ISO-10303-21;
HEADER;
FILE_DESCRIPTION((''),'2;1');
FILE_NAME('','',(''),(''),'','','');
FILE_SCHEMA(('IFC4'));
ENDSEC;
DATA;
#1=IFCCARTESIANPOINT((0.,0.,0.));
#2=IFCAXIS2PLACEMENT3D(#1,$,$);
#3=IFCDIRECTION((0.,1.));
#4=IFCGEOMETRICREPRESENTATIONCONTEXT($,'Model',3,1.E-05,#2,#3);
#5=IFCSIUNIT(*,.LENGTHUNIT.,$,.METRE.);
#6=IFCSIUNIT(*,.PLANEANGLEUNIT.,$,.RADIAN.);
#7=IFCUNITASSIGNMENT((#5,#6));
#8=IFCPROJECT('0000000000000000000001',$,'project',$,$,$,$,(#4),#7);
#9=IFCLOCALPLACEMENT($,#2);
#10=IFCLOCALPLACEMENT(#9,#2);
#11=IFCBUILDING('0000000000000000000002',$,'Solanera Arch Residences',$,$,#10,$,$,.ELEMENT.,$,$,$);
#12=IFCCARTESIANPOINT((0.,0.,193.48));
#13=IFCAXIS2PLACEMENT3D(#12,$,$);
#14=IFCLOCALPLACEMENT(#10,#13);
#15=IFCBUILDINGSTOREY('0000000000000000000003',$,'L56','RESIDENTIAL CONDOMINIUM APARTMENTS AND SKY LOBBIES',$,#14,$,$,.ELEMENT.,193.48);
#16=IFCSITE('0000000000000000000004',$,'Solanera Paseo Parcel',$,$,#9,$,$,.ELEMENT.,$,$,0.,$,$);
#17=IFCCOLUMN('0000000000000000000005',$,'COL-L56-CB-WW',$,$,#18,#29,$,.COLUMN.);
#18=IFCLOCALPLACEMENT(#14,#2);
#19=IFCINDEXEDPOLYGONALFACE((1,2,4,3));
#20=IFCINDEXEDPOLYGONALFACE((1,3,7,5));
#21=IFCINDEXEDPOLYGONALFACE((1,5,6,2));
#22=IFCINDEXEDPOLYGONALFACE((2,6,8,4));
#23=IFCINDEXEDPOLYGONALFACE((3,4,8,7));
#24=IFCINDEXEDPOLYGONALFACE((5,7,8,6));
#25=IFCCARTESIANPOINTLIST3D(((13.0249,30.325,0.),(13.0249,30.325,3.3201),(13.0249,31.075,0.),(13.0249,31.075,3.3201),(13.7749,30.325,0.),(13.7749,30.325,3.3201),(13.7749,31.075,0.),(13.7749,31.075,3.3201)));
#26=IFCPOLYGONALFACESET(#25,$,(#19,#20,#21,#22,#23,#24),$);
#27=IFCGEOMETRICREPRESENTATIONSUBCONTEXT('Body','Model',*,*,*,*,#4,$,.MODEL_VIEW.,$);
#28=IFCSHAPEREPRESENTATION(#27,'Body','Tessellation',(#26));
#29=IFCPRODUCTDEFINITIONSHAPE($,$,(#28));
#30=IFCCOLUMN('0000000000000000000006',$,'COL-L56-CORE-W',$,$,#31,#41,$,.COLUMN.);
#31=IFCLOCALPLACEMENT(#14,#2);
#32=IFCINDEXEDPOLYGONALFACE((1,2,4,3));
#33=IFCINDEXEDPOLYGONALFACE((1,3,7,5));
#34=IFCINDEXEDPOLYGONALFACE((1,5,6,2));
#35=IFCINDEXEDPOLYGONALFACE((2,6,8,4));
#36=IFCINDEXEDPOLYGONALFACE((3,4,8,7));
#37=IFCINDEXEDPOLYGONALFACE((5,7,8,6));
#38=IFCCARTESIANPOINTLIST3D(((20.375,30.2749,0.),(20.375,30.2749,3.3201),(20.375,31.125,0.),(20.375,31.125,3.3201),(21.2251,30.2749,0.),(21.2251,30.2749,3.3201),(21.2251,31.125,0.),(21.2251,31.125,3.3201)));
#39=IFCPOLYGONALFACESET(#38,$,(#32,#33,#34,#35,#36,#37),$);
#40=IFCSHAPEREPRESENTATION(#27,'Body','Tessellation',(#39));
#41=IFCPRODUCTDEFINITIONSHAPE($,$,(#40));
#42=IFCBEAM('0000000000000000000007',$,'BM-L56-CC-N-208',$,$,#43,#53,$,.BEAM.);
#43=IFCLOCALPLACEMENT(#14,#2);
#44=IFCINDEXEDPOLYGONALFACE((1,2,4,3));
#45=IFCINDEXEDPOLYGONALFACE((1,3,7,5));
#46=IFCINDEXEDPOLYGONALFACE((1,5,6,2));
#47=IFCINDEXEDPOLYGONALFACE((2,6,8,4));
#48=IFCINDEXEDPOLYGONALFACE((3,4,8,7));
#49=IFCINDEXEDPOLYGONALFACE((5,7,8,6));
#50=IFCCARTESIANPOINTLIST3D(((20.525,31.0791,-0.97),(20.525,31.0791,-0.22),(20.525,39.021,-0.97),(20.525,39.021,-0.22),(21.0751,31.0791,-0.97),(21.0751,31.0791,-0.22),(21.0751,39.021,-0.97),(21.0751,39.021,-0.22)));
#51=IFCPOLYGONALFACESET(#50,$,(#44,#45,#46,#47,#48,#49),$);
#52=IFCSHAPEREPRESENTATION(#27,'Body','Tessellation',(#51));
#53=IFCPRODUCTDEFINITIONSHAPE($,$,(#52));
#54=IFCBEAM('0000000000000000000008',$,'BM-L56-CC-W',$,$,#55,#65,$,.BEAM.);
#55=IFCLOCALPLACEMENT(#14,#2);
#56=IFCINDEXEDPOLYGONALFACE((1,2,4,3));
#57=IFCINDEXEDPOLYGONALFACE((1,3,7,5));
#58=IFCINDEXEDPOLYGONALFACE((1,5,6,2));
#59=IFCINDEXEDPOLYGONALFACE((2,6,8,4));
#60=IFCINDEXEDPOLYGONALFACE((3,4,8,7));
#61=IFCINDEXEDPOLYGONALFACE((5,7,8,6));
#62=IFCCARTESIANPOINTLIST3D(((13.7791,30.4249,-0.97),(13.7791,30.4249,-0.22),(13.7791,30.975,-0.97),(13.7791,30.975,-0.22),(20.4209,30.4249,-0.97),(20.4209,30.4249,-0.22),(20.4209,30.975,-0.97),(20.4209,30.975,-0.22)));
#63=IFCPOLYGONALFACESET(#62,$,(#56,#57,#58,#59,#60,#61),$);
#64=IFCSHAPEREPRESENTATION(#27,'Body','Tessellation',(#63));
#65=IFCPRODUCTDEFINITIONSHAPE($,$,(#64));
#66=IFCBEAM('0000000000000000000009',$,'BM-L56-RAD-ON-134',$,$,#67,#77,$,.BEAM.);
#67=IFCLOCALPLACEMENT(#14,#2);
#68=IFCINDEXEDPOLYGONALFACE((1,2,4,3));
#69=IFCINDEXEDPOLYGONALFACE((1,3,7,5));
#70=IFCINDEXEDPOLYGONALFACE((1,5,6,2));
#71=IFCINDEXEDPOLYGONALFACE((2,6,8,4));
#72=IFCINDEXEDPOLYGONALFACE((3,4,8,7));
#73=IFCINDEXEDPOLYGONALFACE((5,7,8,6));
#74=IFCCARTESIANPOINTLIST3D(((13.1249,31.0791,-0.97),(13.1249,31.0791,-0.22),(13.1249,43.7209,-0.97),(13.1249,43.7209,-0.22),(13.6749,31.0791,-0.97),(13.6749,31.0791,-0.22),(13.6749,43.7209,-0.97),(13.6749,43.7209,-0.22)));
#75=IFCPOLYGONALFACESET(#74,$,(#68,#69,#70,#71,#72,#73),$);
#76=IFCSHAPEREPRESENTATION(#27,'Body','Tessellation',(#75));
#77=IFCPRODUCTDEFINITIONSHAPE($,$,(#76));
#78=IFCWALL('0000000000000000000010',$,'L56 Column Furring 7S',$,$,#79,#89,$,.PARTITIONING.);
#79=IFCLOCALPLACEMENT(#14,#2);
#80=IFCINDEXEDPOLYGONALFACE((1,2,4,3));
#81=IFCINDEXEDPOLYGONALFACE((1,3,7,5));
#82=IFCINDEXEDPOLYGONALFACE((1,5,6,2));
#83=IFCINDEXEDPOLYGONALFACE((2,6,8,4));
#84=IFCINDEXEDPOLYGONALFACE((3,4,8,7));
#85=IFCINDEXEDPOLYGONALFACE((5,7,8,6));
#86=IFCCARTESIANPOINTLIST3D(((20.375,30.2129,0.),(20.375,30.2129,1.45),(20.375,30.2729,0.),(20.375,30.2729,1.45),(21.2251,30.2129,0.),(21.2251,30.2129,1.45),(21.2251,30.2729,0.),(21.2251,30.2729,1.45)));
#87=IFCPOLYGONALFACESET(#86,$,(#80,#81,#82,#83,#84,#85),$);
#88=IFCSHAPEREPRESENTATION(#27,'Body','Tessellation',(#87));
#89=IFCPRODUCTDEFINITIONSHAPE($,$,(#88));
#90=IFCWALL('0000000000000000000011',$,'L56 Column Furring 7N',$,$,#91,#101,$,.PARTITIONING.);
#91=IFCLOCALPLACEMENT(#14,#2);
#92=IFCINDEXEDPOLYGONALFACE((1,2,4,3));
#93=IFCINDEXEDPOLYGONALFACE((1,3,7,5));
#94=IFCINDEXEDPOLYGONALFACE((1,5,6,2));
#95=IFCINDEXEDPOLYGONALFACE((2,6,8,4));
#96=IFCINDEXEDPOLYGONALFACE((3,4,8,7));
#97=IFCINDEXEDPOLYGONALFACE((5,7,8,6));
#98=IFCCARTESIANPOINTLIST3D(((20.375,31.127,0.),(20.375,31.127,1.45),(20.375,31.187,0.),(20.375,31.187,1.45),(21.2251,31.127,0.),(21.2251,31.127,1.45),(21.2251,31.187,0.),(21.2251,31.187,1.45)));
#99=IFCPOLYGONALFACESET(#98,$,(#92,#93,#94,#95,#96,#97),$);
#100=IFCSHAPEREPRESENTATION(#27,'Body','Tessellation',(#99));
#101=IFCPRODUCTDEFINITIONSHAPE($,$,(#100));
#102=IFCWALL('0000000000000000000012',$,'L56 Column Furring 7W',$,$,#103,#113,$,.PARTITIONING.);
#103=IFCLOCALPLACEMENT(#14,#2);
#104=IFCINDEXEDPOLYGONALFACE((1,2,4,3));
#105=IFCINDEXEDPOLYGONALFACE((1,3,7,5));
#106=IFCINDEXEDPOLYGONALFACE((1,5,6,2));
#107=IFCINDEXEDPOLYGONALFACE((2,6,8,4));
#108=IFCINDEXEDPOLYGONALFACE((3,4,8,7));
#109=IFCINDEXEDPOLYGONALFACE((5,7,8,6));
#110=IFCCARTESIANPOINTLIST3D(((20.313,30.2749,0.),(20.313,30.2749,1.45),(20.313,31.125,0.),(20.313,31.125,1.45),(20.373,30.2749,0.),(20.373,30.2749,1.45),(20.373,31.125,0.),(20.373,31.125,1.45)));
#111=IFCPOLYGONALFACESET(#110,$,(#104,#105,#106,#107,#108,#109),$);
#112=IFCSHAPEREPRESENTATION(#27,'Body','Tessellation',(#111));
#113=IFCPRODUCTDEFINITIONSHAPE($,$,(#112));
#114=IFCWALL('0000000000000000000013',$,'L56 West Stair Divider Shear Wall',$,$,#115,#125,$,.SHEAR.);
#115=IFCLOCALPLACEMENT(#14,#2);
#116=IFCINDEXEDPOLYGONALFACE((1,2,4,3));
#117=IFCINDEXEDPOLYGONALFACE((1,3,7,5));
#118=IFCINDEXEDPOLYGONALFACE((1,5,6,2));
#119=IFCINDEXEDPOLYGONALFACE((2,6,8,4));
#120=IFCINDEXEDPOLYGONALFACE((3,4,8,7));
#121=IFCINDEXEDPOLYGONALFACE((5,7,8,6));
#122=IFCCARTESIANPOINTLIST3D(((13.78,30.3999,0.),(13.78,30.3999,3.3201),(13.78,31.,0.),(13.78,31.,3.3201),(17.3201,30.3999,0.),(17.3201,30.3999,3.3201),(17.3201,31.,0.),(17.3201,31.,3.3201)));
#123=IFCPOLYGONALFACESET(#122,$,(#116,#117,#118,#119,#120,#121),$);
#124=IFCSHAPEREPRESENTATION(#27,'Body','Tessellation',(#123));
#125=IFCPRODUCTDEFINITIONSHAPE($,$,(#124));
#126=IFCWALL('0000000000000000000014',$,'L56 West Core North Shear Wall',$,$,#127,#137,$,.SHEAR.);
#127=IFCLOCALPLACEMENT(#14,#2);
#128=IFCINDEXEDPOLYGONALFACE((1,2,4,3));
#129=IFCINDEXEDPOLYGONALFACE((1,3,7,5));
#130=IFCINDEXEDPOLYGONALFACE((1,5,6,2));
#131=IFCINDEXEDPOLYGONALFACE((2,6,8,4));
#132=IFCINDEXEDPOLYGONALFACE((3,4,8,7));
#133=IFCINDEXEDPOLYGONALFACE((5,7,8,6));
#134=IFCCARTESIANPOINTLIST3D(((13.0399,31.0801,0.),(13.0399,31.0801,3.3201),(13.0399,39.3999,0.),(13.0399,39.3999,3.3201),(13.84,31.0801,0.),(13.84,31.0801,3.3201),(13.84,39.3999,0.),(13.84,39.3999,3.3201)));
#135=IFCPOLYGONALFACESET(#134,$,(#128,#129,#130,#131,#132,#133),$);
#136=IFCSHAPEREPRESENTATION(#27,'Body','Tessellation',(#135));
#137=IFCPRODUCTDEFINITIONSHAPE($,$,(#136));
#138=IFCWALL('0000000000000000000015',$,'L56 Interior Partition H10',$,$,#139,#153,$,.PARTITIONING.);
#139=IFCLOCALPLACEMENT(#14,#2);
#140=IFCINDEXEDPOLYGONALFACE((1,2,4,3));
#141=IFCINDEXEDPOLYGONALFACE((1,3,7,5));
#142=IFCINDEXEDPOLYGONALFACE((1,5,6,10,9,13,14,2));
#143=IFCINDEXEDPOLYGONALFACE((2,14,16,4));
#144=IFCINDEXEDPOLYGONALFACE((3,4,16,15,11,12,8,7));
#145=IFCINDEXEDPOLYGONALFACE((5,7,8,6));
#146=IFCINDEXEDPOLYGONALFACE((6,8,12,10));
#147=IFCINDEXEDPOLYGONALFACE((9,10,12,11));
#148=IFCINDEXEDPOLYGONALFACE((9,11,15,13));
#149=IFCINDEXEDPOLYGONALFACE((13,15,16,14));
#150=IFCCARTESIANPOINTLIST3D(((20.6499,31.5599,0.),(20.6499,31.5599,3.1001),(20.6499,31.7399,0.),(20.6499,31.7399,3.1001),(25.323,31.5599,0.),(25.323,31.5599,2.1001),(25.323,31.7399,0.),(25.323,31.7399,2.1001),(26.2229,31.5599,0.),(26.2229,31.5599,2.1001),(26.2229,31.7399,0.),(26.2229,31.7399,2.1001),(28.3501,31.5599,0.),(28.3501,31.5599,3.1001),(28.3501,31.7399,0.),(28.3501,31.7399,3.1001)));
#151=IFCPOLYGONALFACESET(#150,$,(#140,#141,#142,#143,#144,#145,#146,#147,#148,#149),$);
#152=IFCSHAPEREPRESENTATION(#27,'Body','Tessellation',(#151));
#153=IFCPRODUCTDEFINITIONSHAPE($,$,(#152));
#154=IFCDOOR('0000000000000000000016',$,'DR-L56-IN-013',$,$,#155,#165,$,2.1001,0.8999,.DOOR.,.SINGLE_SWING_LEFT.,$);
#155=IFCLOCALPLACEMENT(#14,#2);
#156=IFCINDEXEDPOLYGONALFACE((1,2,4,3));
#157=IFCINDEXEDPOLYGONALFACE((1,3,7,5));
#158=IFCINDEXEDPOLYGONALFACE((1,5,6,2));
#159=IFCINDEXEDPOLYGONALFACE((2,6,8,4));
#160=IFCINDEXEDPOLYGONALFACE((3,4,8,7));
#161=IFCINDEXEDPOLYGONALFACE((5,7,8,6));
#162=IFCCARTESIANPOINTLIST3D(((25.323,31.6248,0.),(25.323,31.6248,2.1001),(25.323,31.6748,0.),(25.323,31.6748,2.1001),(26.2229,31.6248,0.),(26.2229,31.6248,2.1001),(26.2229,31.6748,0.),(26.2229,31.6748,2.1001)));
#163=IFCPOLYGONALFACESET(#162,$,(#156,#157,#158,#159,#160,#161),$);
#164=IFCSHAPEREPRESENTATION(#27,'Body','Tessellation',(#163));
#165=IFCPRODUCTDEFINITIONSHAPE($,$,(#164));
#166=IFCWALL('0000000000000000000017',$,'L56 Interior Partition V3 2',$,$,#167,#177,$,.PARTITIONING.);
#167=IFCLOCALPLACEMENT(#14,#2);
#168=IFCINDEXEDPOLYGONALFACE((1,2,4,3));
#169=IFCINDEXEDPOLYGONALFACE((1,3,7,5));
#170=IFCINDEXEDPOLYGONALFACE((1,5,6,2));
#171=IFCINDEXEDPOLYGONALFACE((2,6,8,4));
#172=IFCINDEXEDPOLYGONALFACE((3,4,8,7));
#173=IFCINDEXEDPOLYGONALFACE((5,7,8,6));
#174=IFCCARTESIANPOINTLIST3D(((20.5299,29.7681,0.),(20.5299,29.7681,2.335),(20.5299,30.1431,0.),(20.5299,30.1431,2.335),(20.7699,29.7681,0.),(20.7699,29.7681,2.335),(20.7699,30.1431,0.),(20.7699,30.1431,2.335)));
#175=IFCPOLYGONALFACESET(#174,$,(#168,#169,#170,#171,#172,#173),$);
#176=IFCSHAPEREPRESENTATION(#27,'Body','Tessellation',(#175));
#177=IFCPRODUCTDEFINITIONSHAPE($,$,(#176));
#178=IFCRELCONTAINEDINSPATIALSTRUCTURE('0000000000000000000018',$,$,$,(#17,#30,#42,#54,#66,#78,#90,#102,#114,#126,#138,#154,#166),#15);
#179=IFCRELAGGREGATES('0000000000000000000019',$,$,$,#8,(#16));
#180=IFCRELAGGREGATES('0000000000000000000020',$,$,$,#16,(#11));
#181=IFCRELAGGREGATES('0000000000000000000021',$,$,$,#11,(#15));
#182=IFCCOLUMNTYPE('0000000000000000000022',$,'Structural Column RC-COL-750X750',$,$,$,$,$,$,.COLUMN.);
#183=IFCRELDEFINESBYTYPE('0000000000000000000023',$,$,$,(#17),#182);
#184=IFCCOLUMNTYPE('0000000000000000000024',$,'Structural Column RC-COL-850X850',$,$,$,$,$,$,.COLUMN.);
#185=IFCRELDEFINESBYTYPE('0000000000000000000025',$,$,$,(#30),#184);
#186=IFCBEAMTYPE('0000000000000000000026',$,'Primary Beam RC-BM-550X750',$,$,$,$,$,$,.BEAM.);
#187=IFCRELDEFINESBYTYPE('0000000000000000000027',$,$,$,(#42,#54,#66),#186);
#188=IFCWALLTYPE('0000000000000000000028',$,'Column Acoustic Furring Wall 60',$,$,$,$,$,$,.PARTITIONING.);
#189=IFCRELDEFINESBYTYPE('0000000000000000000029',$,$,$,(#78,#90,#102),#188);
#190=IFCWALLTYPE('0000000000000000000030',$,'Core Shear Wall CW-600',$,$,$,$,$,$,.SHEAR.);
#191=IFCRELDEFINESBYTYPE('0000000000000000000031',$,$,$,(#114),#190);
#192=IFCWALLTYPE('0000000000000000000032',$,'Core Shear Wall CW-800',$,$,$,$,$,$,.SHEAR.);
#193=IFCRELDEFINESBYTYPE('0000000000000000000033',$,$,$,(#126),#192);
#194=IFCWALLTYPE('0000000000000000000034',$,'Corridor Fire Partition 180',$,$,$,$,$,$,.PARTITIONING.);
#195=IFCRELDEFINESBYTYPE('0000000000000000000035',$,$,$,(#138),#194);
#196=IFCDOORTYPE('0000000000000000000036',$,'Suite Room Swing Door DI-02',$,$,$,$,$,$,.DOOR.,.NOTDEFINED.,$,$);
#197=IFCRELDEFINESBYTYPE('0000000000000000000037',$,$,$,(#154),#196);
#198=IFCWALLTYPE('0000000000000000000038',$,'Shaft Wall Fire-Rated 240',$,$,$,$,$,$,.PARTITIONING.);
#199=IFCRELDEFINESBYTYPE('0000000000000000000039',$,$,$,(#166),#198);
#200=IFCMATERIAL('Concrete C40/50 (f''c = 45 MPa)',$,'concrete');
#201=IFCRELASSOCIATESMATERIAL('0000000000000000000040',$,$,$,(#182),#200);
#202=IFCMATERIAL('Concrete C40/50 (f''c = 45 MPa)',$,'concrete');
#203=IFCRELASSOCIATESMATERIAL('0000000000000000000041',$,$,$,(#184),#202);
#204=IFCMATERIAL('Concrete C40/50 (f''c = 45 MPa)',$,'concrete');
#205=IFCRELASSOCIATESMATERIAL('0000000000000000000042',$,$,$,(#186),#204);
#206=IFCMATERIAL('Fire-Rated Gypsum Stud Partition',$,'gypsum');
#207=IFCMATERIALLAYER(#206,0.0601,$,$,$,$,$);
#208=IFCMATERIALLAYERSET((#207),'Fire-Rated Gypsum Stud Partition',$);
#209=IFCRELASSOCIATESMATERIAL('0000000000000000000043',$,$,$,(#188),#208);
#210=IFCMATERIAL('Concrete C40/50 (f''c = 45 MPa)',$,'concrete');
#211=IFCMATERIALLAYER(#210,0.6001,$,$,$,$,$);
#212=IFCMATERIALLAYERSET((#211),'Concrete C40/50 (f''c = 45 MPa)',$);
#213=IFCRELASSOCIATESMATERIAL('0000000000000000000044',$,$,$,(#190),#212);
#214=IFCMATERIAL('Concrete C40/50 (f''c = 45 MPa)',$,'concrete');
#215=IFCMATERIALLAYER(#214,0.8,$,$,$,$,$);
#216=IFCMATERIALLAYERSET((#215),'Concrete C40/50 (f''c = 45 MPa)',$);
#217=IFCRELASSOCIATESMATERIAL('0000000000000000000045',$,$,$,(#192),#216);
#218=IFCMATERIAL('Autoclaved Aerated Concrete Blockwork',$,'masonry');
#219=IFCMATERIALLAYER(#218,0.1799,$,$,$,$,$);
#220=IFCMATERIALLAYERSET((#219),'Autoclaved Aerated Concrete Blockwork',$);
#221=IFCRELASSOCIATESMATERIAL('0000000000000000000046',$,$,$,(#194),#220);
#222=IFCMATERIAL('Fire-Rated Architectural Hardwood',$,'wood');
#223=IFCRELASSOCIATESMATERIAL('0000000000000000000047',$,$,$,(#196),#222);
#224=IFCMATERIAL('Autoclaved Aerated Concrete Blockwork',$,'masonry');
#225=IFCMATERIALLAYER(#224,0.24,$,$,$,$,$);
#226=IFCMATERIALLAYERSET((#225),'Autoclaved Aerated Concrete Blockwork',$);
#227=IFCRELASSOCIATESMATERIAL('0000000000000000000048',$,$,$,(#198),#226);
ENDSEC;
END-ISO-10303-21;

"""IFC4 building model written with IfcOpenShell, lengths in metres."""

from ifc_helpers import new_model, si_unit, direction, frame, frame_2d, origin, origin_2d, place, context, subcontext, project, spatial, rectangle, extrude, material, layer, layer_set, material_profile, profile_set, type_object, element, fill, save


model = new_model("IFC4")

# Units and contexts
model_context = context("Model", 3, precision=1e-05, world=origin(), true_north=direction((0.0, 1.0)))
body_context = subcontext(model_context, "Body", "Model", "MODEL_VIEW")
ifc_project = project(units=[si_unit("LENGTHUNIT", "METRE"), si_unit("PLANEANGLEUNIT", "RADIAN")], contexts=[model_context])

# Site, building, storey
site_placement = place(None, origin())
site = spatial("IfcSite", under=ifc_project, at=site_placement, Name="Solanera Paseo Parcel", CompositionType="ELEMENT", RefElevation=0.0)
building_placement = place(site_placement, origin())
building = spatial("IfcBuilding", under=site, at=building_placement, Name="Solanera Arch Residences", CompositionType="ELEMENT")
storey_placement = place(building_placement, frame((0.0, 0.0, 193.48)))
storey = spatial("IfcBuildingStorey", under=building, at=storey_placement, Name="L56", Description="RESIDENTIAL CONDOMINIUM APARTMENTS AND SKY LOBBIES", CompositionType="ELEMENT", Elevation=193.48)

# Columns
ifc_material_1 = material(Name="Concrete C40/50 (f'c = 45 MPa)", Category="concrete")
ifc_material_profile_1 = material_profile(ifc_material_1, rectangle(XDim=0.75, YDim=0.75, at=origin_2d()))
ifc_profile_set_1 = profile_set([ifc_material_profile_1], Name="Concrete C40/50 (f'c = 45 MPa)")
column_type_1 = type_object("IfcColumnType", Name="Structural Column RC-COL-750X750", PredefinedType="COLUMN", material=ifc_profile_set_1)
column_1_placement = place(storey_placement, frame((13.3999, 30.7, 0.0), z_axis=(0.0, 0.0, 1.0), x_axis=(1.0, 0.0, 0.0)))
element("IfcColumn", 1, at=column_1_placement, inside=storey, type_object=column_type_1, Name="COL-L56-CB-WW", PredefinedType="COLUMN", context=body_context, shape_type="SweptSolid", body=[
    extrude(rectangle(XDim=0.75, YDim=0.75, at=origin_2d()), origin(), (0.0, 0.0, 1.0), 3.3201),
])
ifc_material_2 = material(Name="Concrete C40/50 (f'c = 45 MPa)", Category="concrete")
ifc_material_profile_2 = material_profile(ifc_material_2, rectangle(XDim=0.8501, YDim=0.8501, at=origin_2d()))
ifc_profile_set_2 = profile_set([ifc_material_profile_2], Name="Concrete C40/50 (f'c = 45 MPa)")
column_type_2 = type_object("IfcColumnType", Name="Structural Column RC-COL-850X850", PredefinedType="COLUMN", material=ifc_profile_set_2)
column_2_placement = place(storey_placement, frame((20.8, 30.7, 0.0), z_axis=(0.0, 0.0, 1.0), x_axis=(1.0, 0.0, 0.0)))
element("IfcColumn", 2, at=column_2_placement, inside=storey, type_object=column_type_2, Name="COL-L56-CORE-W", PredefinedType="COLUMN", context=body_context, shape_type="SweptSolid", body=[
    extrude(rectangle(XDim=0.8501, YDim=0.8501, at=origin_2d()), origin(), (0.0, 0.0, 1.0), 3.3201),
])

# Beams
ifc_material_3 = material(Name="Concrete C40/50 (f'c = 45 MPa)", Category="concrete")
ifc_material_profile_3 = material_profile(ifc_material_3, rectangle(XDim=0.55, YDim=0.75, at=origin_2d()))
ifc_profile_set_3 = profile_set([ifc_material_profile_3], Name="Concrete C40/50 (f'c = 45 MPa)")
beam_type = type_object("IfcBeamType", Name="Primary Beam RC-BM-550X750", PredefinedType="BEAM", material=ifc_profile_set_3)
beam_1_placement = place(storey_placement, frame((20.8, 31.0791, -0.595), z_axis=(0.0, 1.0, 0.0), x_axis=(-1.0, 0.0, 0.0)))
element("IfcBeam", 3, at=beam_1_placement, inside=storey, type_object=beam_type, Name="BM-L56-CC-N-208", PredefinedType="BEAM", context=body_context, shape_type="SweptSolid", body=[
    extrude(rectangle(XDim=0.55, YDim=0.75, at=origin_2d()), origin(), (0.0, 0.0, 1.0), 7.9419),
])
beam_2_placement = place(storey_placement, frame((13.7791, 30.7, -0.595), z_axis=(1.0, 0.0, 0.0), x_axis=(0.0, 1.0, 0.0)))
element("IfcBeam", 4, at=beam_2_placement, inside=storey, type_object=beam_type, Name="BM-L56-CC-W", PredefinedType="BEAM", context=body_context, shape_type="SweptSolid", body=[
    extrude(rectangle(XDim=0.55, YDim=0.75, at=origin_2d()), origin(), (0.0, 0.0, 1.0), 6.6418),
])
beam_3_placement = place(storey_placement, frame((13.3999, 31.0791, -0.595), z_axis=(0.0, 1.0, 0.0), x_axis=(-1.0, 0.0, 0.0)))
element("IfcBeam", 5, at=beam_3_placement, inside=storey, type_object=beam_type, Name="BM-L56-RAD-ON-134", PredefinedType="BEAM", context=body_context, shape_type="SweptSolid", body=[
    extrude(rectangle(XDim=0.55, YDim=0.75, at=origin_2d()), origin(), (0.0, 0.0, 1.0), 12.6418),
])

# Walls
ifc_material_4 = material(Name="Fire-Rated Gypsum Stud Partition", Category="gypsum")
ifc_layer_1 = layer(ifc_material_4, 0.0601)
ifc_layer_set_1 = layer_set([ifc_layer_1], Name="Fire-Rated Gypsum Stud Partition")
wall_type_1 = type_object("IfcWallType", Name="Column Acoustic Furring Wall 60", PredefinedType="PARTITIONING", material=ifc_layer_set_1)
for number, where, z_axis, x_axis, name in (
    (6, (20.375, 30.2429, 0.0), (0.0, 0.0, 1.0), (1.0, 0.0, 0.0), "L56 Column Furring 7S"),
    (7, (20.375, 31.157, 0.0), (0.0, 0.0, 1.0), (1.0, 0.0, 0.0), "L56 Column Furring 7N"),
    (8, (20.343, 30.2749, 0.0), (0.0, 0.0, 1.0), (0.0, 1.0, 0.0), "L56 Column Furring 7W"),
):
    element("IfcWall", number, at=place(storey_placement, frame(where, z_axis=z_axis, x_axis=x_axis)), inside=storey, type_object=wall_type_1, Name=name, PredefinedType="PARTITIONING", context=body_context, shape_type="SweptSolid", body=[
        extrude(rectangle(XDim=0.8501, YDim=0.0601, at=frame_2d((0.425, 0.0))), origin(), (0.0, 0.0, 1.0), 1.45),
    ])

# Walls
ifc_material_5 = material(Name="Concrete C40/50 (f'c = 45 MPa)", Category="concrete")
ifc_layer_2 = layer(ifc_material_5, 0.6001)
ifc_layer_set_2 = layer_set([ifc_layer_2], Name="Concrete C40/50 (f'c = 45 MPa)")
wall_type_2 = type_object("IfcWallType", Name="Core Shear Wall CW-600", PredefinedType="SHEAR", material=ifc_layer_set_2)
wall_1_placement = place(storey_placement, frame((13.78, 30.7, 0.0), z_axis=(0.0, 0.0, 1.0), x_axis=(1.0, 0.0, 0.0)))
element("IfcWall", 9, at=wall_1_placement, inside=storey, type_object=wall_type_2, Name="L56 West Stair Divider Shear Wall", PredefinedType="SHEAR", context=body_context, shape_type="SweptSolid", body=[
    extrude(rectangle(XDim=3.54, YDim=0.6001, at=frame_2d((1.77, 0.0))), origin(), (0.0, 0.0, 1.0), 3.3201),
])
ifc_material_6 = material(Name="Concrete C40/50 (f'c = 45 MPa)", Category="concrete")
ifc_layer_3 = layer(ifc_material_6, 0.8)
ifc_layer_set_3 = layer_set([ifc_layer_3], Name="Concrete C40/50 (f'c = 45 MPa)")
wall_type_3 = type_object("IfcWallType", Name="Core Shear Wall CW-800", PredefinedType="SHEAR", material=ifc_layer_set_3)
wall_2_placement = place(storey_placement, frame((13.4399, 31.0801, 0.0), z_axis=(0.0, 0.0, 1.0), x_axis=(0.0, 1.0, 0.0)))
element("IfcWall", 10, at=wall_2_placement, inside=storey, type_object=wall_type_3, Name="L56 West Core North Shear Wall", PredefinedType="SHEAR", context=body_context, shape_type="SweptSolid", body=[
    extrude(rectangle(XDim=8.3198, YDim=0.8, at=frame_2d((4.1599, 0.0))), origin(), (0.0, 0.0, 1.0), 3.3201),
])

# Wall, opening, door
ifc_material_7 = material(Name="Autoclaved Aerated Concrete Blockwork", Category="masonry")
ifc_layer_4 = layer(ifc_material_7, 0.1799)
ifc_layer_set_4 = layer_set([ifc_layer_4], Name="Autoclaved Aerated Concrete Blockwork")
wall_type_4 = type_object("IfcWallType", Name="Corridor Fire Partition 180", PredefinedType="PARTITIONING", material=ifc_layer_set_4)
wall_3_placement = place(storey_placement, frame((20.6499, 31.6499, 0.0), z_axis=(0.0, 0.0, 1.0), x_axis=(1.0, 0.0, 0.0)))
wall_3 = element("IfcWall", 11, at=wall_3_placement, inside=storey, type_object=wall_type_4, Name="L56 Interior Partition H10", PredefinedType="PARTITIONING", context=body_context, shape_type="SweptSolid", body=[
    extrude(rectangle(XDim=7.7002, YDim=0.1799, at=frame_2d((3.8501, 0.0))), origin(), (0.0, 0.0, 1.0), 3.1001),
])
opening_1_placement = place(wall_3_placement, frame((4.6731, 0.0, 0.0)))
opening_1 = element("IfcOpeningElement", 12, at=opening_1_placement, cuts=wall_3, PredefinedType="OPENING", context=body_context, shape_type="SweptSolid", body=[
    extrude(rectangle(XDim=0.8999, YDim=2.1001, at=frame_2d((0.45, 1.05))), frame((0.0, 0.1001, 0.0), z_axis=(0.0, -1.0, 0.0), x_axis=(1.0, 0.0, 0.0)), (0.0, 0.0, 1.0), 0.1999),
])
ifc_material_8 = material(Name="Fire-Rated Architectural Hardwood", Category="wood")
door_type_1 = type_object("IfcDoorType", Name="Suite Room Swing Door DI-02", OperationType="NOTDEFINED", PredefinedType="DOOR", material=ifc_material_8)
door_1_placement = place(opening_1_placement, origin())
door_1 = element("IfcDoor", 13, at=door_1_placement, inside=storey, type_object=door_type_1, Name="DR-L56-IN-013", OperationType="SINGLE_SWING_LEFT", OverallHeight=2.1001, OverallWidth=0.8999, PredefinedType="DOOR", context=body_context, shape_type="SweptSolid", body=[
    extrude(rectangle(XDim=0.8999, YDim=2.1001, at=frame_2d((0.45, 1.05))), frame((0.0, 0.0249, 0.0), z_axis=(0.0, -1.0, 0.0), x_axis=(1.0, 0.0, 0.0)), (0.0, 0.0, 1.0), 0.05),
])
fill(opening_1, door_1)

# Shared definitions
ifc_material_9 = material(Name="Autoclaved Aerated Concrete Blockwork", Category="masonry")
ifc_layer_5 = layer(ifc_material_9, 0.24)
ifc_layer_set_5 = layer_set([ifc_layer_5], Name="Autoclaved Aerated Concrete Blockwork")
wall_type_5 = type_object("IfcWallType", Name="Shaft Wall Fire-Rated 240", PredefinedType="PARTITIONING", material=ifc_layer_set_5)

# Wall
wall_4_placement = place(storey_placement, frame((20.6499, 29.7681, 0.0), z_axis=(0.0, 0.0, 1.0), x_axis=(0.0, 1.0, 0.0)))
element("IfcWall", 14, at=wall_4_placement, inside=storey, type_object=wall_type_5, Name="L56 Interior Partition V3 2", PredefinedType="PARTITIONING", context=body_context, shape_type="SweptSolid", body=[
    extrude(rectangle(XDim=0.375, YDim=0.24, at=frame_2d((0.1875, 0.0))), origin(), (0.0, 0.0, 1.0), 2.335),
])

save(model, "model.ifc")
